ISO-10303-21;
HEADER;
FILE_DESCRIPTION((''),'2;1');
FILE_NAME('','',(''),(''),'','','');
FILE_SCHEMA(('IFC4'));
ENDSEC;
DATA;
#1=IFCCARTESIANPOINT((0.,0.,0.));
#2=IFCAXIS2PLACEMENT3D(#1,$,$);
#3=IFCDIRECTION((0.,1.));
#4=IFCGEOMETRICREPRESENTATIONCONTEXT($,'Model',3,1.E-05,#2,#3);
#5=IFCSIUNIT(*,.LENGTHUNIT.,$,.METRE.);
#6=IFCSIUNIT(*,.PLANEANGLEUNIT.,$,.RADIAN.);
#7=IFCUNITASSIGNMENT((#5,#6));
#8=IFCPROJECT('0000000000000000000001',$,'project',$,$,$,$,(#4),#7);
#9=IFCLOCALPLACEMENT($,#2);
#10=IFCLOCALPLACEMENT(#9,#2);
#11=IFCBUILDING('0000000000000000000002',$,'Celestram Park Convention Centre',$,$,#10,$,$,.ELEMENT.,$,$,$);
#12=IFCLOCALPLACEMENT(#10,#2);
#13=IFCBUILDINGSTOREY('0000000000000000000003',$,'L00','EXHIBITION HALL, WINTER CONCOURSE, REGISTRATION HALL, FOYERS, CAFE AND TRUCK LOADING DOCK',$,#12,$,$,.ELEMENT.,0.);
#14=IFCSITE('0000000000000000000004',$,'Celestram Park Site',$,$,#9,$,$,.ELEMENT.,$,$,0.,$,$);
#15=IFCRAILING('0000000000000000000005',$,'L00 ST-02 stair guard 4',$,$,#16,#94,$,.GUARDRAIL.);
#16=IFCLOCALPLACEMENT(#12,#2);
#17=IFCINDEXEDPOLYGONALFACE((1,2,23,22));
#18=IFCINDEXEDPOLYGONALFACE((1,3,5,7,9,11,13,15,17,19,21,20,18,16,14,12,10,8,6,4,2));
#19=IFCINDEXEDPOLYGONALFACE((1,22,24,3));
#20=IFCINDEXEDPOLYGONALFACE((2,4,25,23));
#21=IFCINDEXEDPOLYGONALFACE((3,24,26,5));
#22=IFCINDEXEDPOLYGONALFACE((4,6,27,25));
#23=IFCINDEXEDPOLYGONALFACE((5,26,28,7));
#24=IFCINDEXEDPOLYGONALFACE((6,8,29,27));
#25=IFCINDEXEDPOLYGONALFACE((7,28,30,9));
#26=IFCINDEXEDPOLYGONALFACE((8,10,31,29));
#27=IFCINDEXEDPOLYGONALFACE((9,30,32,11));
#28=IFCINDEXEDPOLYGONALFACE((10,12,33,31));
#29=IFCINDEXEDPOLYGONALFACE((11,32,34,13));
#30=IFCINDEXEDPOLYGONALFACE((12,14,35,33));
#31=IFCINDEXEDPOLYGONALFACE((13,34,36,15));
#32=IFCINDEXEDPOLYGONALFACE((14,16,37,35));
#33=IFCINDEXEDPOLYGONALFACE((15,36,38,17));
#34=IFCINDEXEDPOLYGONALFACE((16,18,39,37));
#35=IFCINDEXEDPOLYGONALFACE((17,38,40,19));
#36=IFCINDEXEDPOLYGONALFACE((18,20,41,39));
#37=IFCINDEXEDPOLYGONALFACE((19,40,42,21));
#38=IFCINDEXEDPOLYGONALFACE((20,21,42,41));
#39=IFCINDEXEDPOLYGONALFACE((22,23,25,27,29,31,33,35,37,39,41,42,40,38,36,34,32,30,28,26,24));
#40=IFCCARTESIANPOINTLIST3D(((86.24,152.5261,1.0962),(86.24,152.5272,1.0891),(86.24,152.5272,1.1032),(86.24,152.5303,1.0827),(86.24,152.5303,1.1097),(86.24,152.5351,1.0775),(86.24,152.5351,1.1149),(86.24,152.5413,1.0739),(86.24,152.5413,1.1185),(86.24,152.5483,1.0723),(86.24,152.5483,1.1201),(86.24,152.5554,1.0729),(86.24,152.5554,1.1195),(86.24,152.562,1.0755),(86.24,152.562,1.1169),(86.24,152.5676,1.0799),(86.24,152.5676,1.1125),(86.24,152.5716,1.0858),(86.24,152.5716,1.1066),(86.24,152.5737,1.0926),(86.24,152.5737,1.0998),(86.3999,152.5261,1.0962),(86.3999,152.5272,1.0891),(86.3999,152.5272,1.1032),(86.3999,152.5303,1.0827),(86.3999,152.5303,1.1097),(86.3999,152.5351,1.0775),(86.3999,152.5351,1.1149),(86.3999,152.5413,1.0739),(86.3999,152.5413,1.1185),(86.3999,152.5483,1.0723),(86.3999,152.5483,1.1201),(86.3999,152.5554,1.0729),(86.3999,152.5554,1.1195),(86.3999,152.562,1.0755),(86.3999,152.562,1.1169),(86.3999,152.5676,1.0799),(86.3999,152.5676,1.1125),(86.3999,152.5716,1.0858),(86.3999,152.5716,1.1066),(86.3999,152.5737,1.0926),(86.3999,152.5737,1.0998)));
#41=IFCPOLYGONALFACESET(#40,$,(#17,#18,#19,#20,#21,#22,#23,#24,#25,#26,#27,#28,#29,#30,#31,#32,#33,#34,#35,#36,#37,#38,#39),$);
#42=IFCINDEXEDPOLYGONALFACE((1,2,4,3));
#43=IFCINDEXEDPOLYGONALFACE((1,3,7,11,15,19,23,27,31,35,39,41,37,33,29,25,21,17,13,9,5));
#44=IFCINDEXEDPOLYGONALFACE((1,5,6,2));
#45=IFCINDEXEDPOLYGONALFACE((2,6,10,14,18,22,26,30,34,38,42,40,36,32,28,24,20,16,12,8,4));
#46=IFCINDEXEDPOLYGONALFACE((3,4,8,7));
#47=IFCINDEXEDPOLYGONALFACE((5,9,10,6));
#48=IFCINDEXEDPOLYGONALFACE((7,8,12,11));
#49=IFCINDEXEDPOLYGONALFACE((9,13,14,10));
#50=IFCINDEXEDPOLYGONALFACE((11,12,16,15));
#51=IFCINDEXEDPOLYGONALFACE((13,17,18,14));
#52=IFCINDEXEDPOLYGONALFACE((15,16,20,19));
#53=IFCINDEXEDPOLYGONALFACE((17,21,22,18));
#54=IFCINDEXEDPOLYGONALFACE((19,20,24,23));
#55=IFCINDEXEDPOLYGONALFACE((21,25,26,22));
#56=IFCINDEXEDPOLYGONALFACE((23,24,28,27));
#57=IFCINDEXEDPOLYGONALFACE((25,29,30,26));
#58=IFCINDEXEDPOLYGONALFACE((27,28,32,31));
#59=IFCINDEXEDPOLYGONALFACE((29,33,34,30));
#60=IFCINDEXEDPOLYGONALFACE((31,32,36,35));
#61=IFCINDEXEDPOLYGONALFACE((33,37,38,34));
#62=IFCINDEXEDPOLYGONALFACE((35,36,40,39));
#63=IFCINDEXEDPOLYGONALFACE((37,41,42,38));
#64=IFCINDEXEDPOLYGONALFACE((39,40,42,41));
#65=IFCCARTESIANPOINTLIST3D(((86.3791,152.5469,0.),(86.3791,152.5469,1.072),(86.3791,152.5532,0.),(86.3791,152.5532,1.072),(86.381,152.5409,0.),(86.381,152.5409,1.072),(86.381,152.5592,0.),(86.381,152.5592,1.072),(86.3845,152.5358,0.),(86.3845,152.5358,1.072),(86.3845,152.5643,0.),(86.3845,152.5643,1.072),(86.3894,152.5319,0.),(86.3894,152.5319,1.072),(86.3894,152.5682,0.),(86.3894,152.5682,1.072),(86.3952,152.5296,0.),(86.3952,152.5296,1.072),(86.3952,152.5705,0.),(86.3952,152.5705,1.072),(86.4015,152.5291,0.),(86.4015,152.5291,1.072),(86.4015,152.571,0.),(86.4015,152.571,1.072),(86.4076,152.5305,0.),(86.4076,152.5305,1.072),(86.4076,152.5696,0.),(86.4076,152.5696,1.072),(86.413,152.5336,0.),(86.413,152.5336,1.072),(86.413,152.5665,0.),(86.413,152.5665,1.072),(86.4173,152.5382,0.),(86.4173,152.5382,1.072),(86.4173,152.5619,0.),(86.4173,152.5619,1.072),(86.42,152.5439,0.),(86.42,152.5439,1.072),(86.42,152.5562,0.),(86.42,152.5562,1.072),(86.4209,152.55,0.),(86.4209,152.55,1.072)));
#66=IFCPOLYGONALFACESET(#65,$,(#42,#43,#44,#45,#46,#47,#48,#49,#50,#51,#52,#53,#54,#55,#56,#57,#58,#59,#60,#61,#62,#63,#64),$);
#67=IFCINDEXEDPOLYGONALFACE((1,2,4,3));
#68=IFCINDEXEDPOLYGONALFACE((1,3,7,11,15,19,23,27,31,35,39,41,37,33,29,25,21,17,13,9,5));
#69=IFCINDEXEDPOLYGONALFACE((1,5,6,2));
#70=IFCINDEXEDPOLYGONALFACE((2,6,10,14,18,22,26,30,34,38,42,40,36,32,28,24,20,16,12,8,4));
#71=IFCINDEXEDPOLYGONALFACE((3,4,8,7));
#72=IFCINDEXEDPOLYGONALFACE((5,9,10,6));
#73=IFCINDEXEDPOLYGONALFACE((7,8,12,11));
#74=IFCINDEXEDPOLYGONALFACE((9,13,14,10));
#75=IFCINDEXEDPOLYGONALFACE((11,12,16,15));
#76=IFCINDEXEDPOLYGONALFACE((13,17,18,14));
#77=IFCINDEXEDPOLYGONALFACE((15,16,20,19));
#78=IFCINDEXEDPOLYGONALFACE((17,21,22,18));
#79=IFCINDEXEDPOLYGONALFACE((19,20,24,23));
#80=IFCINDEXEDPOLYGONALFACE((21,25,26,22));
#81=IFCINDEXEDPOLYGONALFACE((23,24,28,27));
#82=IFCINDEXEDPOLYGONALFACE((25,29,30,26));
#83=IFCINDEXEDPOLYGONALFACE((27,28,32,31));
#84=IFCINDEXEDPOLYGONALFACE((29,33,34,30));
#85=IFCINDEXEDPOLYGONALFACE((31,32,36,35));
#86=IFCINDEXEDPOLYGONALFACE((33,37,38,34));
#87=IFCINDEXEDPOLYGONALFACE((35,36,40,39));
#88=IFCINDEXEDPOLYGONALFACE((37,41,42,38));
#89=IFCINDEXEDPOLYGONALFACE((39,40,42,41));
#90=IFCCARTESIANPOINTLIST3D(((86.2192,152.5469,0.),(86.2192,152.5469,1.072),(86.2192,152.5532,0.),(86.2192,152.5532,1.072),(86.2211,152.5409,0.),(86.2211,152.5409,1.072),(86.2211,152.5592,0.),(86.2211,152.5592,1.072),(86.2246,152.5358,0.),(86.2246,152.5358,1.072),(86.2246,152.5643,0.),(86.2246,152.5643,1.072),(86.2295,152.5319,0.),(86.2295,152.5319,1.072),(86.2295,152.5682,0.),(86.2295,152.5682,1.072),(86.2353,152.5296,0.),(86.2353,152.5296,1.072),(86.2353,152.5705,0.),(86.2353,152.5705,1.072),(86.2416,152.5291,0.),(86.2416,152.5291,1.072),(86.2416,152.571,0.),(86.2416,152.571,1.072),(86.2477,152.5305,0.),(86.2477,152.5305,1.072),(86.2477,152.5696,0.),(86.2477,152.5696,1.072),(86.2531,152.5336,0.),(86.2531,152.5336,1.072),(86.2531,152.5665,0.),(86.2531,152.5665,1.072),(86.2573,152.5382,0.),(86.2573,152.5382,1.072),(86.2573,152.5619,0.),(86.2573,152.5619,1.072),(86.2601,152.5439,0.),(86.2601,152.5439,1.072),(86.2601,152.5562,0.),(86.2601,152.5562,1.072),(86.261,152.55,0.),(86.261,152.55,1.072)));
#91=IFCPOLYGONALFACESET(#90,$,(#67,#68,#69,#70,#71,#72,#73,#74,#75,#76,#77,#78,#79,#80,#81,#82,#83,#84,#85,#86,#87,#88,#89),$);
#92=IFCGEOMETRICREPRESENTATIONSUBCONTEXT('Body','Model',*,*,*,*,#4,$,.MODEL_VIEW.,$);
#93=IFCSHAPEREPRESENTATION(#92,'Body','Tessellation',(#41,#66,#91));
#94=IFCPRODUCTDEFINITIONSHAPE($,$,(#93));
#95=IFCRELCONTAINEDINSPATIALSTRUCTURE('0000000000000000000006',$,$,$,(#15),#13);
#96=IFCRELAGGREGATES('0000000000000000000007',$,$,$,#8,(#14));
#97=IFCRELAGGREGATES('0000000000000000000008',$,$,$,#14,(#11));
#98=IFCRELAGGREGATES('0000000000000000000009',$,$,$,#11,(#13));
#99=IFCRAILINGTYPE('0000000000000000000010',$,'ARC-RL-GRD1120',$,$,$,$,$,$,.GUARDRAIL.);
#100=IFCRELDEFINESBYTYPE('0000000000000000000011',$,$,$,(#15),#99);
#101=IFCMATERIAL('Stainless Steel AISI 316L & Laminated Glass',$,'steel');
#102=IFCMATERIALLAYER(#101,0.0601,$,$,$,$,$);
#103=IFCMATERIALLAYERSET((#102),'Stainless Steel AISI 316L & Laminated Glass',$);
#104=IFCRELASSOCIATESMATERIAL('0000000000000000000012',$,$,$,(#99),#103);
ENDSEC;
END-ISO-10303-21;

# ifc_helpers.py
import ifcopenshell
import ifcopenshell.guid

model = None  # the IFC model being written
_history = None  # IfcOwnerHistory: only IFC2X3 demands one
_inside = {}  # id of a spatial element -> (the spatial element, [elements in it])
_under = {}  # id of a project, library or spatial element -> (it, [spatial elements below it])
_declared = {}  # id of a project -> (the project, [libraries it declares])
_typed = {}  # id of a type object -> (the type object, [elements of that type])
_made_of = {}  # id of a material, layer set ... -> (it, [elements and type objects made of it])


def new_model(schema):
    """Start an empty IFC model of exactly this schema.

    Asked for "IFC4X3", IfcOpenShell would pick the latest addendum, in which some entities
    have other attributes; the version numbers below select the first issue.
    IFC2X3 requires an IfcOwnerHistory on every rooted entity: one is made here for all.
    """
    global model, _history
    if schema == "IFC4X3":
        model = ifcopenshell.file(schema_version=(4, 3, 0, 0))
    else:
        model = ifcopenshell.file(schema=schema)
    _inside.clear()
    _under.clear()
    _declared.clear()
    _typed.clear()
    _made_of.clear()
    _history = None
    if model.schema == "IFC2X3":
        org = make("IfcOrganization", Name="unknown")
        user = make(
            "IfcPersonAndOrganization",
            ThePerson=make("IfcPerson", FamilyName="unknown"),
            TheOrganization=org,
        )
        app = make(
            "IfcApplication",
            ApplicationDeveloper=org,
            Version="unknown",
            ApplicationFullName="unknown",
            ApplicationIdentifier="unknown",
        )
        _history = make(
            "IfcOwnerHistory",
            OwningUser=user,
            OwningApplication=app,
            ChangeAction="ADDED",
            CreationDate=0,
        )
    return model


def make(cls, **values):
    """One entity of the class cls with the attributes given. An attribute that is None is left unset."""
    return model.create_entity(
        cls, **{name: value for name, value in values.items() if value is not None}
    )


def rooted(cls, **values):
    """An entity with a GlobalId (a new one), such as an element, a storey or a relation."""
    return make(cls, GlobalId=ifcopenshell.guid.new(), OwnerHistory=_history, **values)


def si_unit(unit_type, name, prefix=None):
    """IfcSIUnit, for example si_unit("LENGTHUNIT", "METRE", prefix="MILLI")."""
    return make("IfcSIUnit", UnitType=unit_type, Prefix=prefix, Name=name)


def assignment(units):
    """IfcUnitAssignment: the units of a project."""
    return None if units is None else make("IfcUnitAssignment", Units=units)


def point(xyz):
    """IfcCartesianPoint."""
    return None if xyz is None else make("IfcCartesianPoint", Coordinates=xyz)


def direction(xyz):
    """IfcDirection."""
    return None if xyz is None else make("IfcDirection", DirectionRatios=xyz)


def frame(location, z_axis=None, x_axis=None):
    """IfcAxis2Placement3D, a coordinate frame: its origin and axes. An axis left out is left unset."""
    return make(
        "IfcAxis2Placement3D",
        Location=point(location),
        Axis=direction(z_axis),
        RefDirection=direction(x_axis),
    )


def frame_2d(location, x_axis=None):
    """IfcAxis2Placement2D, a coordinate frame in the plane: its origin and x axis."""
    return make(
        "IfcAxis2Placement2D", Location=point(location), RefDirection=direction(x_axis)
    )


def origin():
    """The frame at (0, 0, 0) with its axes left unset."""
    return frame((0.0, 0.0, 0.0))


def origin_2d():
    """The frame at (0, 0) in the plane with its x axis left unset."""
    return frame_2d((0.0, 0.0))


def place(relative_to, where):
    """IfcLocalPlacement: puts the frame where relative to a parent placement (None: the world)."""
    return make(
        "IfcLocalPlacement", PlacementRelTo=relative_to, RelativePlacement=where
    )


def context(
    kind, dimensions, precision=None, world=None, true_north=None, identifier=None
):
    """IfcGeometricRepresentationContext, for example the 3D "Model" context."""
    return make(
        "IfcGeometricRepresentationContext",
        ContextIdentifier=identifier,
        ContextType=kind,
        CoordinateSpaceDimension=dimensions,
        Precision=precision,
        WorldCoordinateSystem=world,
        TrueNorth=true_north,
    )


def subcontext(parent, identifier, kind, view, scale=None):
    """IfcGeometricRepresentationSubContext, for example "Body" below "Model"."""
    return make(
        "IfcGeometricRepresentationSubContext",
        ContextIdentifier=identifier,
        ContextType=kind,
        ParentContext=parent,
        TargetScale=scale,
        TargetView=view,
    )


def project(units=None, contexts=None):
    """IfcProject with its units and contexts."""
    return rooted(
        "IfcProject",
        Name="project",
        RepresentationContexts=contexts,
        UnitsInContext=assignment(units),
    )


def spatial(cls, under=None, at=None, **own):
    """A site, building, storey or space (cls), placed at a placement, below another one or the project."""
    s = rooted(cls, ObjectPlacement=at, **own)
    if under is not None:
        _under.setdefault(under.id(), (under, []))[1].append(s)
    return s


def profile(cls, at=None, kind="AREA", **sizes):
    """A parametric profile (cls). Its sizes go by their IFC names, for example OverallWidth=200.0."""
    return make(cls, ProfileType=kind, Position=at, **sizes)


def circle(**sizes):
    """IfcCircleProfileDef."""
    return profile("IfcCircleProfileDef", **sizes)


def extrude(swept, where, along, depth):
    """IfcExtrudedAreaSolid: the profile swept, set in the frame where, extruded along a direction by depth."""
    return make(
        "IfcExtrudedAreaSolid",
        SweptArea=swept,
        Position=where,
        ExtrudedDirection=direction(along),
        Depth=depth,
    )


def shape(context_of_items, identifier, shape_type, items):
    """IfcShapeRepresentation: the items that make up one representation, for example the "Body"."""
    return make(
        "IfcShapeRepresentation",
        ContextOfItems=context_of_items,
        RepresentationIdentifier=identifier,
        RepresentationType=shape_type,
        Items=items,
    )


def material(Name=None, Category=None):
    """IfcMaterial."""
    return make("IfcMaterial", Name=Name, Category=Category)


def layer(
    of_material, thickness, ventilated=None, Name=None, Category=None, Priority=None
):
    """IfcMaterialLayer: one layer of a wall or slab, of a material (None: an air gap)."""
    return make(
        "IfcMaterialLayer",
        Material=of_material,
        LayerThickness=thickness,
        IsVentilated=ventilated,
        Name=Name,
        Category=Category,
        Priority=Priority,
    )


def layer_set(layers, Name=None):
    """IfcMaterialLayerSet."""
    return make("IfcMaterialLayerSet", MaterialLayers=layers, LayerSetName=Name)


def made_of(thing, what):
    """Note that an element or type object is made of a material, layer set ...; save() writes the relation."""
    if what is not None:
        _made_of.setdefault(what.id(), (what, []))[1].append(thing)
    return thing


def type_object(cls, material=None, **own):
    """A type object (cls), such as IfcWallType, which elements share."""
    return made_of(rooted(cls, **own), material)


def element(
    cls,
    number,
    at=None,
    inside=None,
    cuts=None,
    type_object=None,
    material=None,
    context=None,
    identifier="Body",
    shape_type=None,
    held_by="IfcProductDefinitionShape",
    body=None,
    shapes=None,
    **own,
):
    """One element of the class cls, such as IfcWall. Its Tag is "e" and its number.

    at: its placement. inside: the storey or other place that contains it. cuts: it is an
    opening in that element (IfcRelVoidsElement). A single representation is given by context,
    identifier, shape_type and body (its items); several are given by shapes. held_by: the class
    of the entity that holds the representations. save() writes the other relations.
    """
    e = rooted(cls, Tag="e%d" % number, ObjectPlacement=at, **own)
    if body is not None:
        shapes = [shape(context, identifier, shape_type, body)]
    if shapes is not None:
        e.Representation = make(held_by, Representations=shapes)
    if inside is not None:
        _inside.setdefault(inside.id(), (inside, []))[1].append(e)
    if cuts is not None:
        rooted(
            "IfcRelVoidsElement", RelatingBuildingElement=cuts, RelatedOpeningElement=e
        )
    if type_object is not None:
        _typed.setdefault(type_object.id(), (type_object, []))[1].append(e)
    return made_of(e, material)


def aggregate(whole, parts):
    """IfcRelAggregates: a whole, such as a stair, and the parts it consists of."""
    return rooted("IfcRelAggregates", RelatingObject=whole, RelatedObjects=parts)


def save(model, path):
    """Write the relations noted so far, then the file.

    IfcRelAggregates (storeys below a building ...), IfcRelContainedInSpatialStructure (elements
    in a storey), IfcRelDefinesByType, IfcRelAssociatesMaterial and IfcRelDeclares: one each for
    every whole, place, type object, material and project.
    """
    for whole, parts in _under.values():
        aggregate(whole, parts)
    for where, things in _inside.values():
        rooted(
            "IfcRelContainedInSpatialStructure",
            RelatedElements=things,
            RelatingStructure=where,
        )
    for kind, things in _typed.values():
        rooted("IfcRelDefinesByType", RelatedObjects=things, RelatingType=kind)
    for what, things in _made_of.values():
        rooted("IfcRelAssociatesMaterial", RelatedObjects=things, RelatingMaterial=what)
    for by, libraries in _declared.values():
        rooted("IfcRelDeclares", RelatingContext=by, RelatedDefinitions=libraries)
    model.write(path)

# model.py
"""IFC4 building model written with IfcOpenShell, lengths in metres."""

from ifc_helpers import new_model, si_unit, direction, frame, origin, origin_2d, place, context, subcontext, project, spatial, circle, extrude, material, layer, layer_set, type_object, element, save


model = new_model("IFC4")

# Units and contexts
model_context = context("Model", 3, precision=1e-05, world=origin(), true_north=direction((0.0, 1.0)))
body_context = subcontext(model_context, "Body", "Model", "MODEL_VIEW")
ifc_project = project(units=[si_unit("LENGTHUNIT", "METRE"), si_unit("PLANEANGLEUNIT", "RADIAN")], contexts=[model_context])

# Site, building, storey
site_placement = place(None, origin())
site = spatial("IfcSite", under=ifc_project, at=site_placement, Name="Celestram Park Site", CompositionType="ELEMENT", RefElevation=0.0)
building_placement = place(site_placement, origin())
building = spatial("IfcBuilding", under=site, at=building_placement, Name="Celestram Park Convention Centre", CompositionType="ELEMENT")
storey_placement = place(building_placement, origin())
storey = spatial("IfcBuildingStorey", under=building, at=storey_placement, Name="L00", Description="EXHIBITION HALL, WINTER CONCOURSE, REGISTRATION HALL, FOYERS, CAFE AND TRUCK LOADING DOCK", CompositionType="ELEMENT", Elevation=0.0)

# Railing
ifc_material_1 = material(Name="Stainless Steel AISI 316L & Laminated Glass", Category="steel")
ifc_layer_1 = layer(ifc_material_1, 0.0601)
ifc_layer_set_1 = layer_set([ifc_layer_1], Name="Stainless Steel AISI 316L & Laminated Glass")
railing_type_1 = type_object("IfcRailingType", Name="ARC-RL-GRD1120", PredefinedType="GUARDRAIL", material=ifc_layer_set_1)
railing_1_placement = place(storey_placement, frame((86.3999, 152.55, 0.0)))
element("IfcRailing", 1, at=railing_1_placement, inside=storey, type_object=railing_type_1, Name="L00 ST-02 stair guard 4", PredefinedType="GUARDRAIL", context=body_context, shape_type="SweptSolid", body=[
    extrude(circle(Radius=0.0239, at=origin_2d()), frame((0.0, 0.0, 1.0962), z_axis=(-1.0, 0.0, 0.0), x_axis=(0.0, -1.0, 0.0)), (0.0, 0.0, 1.0), 0.1599),
    extrude(circle(Radius=0.021, at=origin_2d()), origin(), (0.0, 0.0, 1.0), 1.072),
    extrude(circle(Radius=0.021, at=origin_2d()), frame((-0.1599, 0.0, 0.0)), (0.0, 0.0, 1.0), 1.072),
])

save(model, "model.ifc")
